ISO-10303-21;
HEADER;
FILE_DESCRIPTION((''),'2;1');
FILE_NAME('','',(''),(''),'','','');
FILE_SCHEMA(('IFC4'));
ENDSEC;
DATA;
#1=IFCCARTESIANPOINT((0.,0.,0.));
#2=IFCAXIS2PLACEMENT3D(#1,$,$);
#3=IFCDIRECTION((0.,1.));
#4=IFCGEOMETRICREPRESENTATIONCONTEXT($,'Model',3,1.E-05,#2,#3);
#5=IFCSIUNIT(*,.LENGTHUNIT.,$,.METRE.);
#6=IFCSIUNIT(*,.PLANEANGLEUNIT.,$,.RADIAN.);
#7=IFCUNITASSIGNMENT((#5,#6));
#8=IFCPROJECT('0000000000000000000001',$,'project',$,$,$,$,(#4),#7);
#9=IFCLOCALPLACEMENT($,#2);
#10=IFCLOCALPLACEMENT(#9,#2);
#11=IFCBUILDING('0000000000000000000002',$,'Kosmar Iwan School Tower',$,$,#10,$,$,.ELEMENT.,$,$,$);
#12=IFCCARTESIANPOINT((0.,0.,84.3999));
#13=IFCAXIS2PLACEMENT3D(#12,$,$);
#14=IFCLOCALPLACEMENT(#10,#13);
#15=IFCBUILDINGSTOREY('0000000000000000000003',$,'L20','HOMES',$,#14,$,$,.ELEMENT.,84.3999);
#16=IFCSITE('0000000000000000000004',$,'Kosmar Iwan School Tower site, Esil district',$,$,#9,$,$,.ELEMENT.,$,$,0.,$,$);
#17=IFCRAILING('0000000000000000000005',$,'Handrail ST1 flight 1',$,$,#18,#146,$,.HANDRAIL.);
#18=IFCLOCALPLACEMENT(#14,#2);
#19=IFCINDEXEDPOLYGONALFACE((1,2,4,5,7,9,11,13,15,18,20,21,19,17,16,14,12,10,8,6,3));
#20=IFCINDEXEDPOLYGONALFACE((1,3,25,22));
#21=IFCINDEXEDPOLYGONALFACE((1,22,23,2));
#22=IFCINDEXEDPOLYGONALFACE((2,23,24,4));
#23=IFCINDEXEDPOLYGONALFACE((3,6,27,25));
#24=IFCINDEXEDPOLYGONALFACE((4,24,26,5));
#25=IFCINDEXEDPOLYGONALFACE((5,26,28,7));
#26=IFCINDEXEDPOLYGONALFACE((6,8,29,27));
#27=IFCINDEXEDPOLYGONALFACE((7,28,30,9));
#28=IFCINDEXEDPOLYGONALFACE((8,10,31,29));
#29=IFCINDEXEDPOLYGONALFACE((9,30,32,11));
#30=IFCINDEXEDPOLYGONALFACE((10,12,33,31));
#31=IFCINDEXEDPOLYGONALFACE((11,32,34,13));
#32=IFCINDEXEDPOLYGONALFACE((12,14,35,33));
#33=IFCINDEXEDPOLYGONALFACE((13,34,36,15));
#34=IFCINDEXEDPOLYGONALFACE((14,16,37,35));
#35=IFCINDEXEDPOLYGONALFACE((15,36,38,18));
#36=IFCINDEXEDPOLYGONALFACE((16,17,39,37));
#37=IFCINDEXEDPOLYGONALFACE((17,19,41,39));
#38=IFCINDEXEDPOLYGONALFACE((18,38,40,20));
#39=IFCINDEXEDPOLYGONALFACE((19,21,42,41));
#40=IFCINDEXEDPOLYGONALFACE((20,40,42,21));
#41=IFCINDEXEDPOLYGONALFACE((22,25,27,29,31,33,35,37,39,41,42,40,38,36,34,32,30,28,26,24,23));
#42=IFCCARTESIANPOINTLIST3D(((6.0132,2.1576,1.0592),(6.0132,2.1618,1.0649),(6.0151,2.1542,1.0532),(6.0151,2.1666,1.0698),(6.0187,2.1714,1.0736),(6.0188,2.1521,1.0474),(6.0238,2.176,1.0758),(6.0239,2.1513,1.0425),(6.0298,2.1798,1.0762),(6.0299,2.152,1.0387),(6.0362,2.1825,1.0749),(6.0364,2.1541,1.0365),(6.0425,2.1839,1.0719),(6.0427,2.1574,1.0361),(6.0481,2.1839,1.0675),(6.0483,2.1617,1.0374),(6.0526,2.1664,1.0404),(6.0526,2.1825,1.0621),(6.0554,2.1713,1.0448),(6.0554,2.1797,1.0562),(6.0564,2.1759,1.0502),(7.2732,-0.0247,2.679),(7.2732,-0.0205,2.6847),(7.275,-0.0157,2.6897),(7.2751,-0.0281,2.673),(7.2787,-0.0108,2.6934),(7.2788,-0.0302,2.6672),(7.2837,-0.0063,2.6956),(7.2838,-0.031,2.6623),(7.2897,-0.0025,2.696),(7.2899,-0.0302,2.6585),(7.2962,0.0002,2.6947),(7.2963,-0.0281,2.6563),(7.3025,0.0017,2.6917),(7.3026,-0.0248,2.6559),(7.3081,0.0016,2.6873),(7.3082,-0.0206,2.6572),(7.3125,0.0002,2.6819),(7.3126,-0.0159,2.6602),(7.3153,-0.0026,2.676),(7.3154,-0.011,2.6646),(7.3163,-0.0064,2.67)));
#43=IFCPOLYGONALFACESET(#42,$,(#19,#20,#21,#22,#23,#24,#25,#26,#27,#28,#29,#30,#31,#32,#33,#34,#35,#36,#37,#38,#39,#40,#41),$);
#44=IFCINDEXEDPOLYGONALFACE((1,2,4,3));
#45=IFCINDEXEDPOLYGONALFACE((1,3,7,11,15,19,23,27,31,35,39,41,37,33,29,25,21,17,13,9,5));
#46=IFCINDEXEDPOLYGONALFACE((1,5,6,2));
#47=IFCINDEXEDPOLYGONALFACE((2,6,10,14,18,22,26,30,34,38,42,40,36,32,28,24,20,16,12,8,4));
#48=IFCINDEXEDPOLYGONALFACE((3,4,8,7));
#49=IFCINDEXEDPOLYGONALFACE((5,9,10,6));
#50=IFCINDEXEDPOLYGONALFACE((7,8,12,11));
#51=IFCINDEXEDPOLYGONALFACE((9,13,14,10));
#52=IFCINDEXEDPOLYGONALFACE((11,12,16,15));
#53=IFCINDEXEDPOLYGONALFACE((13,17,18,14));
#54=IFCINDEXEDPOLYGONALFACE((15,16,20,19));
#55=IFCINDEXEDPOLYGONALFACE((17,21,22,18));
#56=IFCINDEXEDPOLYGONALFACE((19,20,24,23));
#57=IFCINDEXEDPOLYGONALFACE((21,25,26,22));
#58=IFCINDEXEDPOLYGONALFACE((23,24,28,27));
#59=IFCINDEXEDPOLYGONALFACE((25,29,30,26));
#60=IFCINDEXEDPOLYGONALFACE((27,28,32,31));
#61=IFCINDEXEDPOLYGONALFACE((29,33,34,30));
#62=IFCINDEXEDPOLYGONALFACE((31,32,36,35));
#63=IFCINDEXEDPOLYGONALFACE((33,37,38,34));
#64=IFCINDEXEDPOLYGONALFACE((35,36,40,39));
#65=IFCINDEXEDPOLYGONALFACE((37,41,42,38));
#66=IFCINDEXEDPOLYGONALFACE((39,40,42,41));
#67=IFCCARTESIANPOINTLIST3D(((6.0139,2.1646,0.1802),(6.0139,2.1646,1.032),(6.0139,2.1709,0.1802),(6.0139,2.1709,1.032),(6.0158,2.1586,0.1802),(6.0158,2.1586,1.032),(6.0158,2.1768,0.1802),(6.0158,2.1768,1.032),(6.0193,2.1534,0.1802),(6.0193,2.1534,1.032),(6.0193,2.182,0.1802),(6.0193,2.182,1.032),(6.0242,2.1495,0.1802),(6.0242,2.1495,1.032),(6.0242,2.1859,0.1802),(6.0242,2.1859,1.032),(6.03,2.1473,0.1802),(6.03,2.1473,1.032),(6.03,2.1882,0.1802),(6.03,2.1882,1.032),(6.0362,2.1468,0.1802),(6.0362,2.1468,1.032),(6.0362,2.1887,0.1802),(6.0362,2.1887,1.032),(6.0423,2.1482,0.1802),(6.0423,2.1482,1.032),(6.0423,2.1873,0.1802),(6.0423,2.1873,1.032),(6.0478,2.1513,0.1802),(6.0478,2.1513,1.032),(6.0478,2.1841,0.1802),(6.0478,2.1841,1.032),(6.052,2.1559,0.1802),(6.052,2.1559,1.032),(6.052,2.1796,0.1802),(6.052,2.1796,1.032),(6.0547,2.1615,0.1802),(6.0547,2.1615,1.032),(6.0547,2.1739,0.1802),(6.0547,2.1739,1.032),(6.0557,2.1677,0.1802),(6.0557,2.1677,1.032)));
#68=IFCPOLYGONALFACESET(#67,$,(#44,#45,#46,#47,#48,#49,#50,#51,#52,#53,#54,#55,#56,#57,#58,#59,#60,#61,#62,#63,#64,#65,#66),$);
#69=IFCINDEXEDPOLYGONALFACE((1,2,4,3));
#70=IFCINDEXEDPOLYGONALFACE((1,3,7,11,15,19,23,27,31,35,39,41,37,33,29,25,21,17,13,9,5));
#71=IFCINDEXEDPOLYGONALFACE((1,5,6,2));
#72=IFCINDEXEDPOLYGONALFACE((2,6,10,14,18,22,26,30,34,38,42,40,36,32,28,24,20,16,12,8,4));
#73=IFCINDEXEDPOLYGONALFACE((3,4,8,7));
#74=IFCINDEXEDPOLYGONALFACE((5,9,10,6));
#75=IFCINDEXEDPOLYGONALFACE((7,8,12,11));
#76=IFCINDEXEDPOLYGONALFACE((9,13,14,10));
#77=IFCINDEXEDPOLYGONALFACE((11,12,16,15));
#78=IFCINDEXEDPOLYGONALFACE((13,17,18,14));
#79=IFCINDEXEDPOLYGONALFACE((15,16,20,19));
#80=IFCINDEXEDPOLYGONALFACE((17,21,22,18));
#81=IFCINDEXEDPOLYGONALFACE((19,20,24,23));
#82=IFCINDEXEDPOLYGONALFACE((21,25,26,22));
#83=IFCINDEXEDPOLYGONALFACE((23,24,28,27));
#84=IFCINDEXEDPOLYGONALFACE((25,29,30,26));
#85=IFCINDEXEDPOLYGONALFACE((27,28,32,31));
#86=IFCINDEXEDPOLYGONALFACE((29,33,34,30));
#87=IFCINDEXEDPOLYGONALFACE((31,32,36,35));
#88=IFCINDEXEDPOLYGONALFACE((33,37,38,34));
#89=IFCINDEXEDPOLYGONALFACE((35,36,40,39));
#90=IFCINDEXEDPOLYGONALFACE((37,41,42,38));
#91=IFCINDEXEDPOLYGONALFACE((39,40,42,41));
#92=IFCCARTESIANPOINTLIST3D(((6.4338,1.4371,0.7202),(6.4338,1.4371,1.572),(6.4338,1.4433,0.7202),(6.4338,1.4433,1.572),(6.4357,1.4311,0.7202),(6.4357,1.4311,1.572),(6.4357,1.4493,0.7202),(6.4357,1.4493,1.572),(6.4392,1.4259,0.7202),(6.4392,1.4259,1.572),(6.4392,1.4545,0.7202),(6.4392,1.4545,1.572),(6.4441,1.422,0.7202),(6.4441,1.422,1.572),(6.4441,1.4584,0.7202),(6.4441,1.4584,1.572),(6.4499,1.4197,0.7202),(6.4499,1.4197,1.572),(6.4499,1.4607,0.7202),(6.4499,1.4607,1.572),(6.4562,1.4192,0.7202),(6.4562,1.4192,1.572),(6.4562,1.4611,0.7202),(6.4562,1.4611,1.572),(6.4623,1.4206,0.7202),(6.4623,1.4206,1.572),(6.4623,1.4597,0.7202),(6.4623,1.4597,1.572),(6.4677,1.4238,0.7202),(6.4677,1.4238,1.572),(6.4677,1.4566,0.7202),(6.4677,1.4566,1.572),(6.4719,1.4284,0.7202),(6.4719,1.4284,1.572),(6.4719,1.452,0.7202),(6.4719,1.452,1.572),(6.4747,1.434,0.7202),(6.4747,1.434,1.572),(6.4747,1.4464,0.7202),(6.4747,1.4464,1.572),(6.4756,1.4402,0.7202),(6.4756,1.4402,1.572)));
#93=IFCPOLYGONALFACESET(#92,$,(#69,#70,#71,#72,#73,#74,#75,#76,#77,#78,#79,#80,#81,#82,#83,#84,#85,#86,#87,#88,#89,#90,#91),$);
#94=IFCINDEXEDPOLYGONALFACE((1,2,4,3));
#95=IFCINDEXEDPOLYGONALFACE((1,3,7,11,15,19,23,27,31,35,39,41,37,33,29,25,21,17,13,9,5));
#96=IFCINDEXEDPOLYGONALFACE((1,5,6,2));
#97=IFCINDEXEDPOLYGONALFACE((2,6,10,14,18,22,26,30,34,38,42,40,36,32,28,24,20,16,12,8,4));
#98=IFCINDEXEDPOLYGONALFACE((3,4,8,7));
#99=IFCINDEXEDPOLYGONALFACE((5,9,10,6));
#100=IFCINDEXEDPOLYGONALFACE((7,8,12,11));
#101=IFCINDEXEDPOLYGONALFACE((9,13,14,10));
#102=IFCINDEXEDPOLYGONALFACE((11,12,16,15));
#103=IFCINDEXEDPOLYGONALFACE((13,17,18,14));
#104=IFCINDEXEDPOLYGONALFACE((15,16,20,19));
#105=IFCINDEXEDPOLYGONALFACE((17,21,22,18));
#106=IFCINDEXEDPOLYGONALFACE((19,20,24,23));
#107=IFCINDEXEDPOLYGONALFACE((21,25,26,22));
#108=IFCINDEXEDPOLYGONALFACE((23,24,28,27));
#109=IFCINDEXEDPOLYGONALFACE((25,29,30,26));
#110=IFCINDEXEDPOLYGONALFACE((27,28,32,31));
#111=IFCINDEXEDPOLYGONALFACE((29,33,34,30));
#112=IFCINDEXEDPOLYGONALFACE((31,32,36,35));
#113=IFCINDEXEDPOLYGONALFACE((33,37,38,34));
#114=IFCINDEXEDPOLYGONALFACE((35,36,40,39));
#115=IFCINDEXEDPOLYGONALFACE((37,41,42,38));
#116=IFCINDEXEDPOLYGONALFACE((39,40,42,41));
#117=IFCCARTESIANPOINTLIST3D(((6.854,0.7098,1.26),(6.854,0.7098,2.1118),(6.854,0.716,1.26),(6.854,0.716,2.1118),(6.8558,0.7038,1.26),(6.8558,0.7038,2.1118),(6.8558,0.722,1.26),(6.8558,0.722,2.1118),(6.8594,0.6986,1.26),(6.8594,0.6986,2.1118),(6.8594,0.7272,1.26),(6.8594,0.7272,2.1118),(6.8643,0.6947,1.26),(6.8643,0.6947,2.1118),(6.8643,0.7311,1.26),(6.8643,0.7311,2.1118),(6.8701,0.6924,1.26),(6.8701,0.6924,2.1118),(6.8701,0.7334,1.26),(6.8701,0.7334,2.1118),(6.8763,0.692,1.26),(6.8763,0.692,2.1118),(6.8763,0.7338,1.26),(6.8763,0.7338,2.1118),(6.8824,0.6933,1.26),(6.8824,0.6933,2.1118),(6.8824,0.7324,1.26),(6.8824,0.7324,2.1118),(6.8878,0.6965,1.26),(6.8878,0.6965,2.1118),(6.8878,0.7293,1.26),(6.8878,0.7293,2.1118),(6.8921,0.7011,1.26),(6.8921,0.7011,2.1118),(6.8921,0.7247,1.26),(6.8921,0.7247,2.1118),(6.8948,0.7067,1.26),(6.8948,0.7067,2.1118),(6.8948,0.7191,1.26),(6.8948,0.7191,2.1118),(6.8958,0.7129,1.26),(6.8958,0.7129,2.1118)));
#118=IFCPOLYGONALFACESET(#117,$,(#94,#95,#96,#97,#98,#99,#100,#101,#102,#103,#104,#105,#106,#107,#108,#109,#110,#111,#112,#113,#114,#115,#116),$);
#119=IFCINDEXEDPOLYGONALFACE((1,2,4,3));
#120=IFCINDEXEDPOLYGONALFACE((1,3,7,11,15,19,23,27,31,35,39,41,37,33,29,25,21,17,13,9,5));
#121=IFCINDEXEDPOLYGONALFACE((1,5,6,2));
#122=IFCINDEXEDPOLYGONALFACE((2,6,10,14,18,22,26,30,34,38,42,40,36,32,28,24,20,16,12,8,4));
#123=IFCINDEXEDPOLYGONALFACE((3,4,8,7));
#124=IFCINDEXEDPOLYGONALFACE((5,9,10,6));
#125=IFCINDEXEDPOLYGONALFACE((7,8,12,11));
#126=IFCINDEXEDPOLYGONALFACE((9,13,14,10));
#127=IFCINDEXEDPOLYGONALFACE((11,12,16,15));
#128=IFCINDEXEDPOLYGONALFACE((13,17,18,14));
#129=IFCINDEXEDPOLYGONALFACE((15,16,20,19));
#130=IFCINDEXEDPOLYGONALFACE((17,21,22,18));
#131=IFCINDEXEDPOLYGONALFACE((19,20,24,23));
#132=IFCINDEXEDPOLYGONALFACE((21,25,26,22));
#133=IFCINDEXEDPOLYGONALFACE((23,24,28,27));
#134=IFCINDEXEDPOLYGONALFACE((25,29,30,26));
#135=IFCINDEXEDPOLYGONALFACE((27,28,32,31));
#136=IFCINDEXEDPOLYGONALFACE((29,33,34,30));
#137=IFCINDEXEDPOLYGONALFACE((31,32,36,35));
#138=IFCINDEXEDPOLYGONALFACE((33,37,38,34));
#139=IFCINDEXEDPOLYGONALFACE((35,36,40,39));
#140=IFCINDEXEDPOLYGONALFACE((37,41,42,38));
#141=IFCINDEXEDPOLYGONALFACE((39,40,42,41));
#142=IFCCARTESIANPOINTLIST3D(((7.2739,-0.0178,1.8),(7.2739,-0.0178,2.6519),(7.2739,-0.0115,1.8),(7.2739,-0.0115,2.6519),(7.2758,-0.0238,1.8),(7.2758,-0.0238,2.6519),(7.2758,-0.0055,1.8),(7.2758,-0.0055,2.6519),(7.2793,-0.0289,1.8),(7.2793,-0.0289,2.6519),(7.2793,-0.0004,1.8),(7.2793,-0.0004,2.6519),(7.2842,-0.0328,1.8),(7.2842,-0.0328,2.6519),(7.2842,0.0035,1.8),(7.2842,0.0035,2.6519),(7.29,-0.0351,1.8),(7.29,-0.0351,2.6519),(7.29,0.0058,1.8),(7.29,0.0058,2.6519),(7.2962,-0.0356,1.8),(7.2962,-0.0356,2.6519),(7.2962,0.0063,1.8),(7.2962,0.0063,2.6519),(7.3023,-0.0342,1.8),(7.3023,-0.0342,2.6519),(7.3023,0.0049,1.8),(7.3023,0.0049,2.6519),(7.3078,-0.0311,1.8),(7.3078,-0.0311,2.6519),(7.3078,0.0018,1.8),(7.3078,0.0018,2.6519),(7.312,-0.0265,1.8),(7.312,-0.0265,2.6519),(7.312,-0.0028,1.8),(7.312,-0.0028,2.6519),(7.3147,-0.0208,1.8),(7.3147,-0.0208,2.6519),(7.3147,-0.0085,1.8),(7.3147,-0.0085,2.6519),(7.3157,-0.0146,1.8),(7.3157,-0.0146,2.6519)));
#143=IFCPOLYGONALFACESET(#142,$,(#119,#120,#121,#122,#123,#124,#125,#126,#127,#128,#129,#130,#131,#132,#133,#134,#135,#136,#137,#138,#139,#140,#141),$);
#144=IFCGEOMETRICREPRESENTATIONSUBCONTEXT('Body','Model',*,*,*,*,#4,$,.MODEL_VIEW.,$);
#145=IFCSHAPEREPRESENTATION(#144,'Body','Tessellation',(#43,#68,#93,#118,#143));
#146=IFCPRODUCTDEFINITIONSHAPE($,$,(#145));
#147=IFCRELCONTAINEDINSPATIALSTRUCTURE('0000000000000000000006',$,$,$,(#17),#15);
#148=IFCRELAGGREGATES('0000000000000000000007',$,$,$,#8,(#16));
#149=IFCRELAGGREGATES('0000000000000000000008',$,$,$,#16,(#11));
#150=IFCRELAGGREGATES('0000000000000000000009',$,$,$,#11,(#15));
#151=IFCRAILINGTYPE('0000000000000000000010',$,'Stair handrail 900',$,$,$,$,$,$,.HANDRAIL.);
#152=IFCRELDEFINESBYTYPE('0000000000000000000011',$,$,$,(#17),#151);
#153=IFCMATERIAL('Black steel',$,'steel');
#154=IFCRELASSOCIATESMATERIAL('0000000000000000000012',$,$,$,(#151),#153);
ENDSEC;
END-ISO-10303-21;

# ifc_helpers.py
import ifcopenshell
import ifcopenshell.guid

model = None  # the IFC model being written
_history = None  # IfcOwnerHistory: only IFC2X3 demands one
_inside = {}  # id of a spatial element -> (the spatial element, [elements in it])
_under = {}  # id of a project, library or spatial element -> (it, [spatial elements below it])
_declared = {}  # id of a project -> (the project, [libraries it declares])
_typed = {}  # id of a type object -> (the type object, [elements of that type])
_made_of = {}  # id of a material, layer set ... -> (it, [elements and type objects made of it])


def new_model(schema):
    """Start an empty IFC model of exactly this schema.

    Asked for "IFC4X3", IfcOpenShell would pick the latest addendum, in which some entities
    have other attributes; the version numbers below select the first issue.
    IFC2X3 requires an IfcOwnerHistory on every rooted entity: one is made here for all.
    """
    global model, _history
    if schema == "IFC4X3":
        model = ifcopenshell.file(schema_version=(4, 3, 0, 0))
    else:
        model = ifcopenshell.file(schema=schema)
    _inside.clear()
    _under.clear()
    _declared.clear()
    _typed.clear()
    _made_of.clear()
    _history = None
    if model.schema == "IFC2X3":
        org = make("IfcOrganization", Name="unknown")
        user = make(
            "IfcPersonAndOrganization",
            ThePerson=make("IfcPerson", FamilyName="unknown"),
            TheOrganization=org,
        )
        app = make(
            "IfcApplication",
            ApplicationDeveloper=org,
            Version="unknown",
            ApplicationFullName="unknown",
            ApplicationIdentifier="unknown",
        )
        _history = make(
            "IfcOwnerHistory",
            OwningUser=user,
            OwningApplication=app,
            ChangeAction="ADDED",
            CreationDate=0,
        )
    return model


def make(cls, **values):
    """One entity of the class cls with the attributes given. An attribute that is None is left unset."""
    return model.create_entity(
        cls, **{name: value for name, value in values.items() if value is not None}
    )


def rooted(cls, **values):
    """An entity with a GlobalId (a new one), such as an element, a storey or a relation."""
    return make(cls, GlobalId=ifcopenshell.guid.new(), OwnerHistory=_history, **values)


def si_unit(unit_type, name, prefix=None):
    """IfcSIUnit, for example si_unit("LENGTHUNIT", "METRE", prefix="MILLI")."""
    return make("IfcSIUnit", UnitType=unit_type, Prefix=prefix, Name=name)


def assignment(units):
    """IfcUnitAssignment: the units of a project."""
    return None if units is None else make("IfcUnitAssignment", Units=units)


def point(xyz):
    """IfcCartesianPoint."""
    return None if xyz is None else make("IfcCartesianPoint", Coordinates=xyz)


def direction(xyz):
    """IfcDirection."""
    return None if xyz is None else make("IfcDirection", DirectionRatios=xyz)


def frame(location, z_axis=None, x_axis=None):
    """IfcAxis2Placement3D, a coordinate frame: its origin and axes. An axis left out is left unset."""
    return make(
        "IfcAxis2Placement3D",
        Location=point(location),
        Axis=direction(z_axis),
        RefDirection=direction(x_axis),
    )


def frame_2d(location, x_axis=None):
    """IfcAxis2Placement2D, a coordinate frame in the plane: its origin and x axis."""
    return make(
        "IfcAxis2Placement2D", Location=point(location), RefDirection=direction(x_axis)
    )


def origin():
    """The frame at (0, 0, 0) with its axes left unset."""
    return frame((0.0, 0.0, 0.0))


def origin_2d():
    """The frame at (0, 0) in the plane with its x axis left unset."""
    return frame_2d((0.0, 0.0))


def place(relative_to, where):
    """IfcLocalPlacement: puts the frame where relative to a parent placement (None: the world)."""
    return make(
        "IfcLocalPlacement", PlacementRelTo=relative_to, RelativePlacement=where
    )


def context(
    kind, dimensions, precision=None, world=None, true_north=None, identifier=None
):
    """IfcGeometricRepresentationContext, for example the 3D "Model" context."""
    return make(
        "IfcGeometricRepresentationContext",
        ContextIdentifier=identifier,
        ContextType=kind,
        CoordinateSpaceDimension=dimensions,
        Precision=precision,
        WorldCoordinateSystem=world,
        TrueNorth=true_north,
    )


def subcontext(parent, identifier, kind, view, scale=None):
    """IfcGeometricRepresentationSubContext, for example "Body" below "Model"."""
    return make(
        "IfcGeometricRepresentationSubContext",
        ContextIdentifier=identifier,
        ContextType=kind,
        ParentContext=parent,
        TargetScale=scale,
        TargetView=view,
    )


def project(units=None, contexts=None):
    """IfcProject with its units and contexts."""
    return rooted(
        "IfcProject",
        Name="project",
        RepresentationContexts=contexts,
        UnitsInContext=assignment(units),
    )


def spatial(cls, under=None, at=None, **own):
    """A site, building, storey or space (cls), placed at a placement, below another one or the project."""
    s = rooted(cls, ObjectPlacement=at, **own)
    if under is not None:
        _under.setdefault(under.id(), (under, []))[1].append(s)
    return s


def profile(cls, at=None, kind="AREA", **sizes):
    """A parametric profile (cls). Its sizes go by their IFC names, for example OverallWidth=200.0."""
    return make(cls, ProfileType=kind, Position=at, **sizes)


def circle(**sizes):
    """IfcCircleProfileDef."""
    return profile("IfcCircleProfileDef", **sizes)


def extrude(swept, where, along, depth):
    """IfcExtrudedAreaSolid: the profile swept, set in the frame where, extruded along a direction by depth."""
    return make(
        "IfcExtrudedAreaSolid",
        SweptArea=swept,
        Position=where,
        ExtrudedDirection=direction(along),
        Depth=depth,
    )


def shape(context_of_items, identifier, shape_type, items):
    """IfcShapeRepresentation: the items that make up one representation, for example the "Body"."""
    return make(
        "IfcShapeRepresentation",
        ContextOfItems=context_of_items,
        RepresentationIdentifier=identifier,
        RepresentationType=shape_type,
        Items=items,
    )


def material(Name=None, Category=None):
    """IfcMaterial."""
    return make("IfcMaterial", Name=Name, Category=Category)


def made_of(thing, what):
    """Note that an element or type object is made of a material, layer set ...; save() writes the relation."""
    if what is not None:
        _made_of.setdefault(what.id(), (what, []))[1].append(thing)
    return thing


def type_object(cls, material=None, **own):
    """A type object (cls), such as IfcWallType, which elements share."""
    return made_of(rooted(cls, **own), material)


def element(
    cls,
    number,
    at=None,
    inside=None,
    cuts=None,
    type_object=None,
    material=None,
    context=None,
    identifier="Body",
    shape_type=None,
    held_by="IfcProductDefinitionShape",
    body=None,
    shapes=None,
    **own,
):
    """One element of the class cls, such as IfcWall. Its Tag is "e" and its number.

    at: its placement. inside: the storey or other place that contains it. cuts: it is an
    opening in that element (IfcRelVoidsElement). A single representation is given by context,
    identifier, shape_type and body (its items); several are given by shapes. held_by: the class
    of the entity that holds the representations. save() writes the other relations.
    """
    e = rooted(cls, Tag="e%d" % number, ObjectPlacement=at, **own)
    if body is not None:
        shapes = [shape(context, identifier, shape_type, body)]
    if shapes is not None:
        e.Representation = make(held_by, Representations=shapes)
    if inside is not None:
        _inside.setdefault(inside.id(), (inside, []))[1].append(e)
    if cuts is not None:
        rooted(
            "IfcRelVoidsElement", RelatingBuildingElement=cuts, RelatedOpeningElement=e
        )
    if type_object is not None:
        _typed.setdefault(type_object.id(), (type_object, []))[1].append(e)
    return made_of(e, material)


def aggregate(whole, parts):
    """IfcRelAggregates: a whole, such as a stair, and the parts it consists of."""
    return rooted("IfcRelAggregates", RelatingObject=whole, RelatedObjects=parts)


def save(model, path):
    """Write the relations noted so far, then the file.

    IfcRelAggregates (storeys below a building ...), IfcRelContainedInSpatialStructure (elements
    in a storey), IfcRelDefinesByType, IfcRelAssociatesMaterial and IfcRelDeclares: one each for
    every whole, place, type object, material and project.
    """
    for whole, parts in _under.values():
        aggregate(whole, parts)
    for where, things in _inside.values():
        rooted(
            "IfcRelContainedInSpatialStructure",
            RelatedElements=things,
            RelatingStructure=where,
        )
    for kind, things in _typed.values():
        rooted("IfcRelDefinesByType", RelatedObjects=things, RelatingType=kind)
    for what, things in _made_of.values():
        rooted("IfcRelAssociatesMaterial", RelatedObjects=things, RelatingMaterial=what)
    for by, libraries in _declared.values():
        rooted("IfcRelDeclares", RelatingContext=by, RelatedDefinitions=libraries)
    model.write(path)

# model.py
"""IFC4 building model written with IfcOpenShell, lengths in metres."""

from ifc_helpers import new_model, si_unit, direction, frame, origin, origin_2d, place, context, subcontext, project, spatial, circle, extrude, material, type_object, element, save


model = new_model("IFC4")

# Units and contexts
model_context = context("Model", 3, precision=1e-05, world=origin(), true_north=direction((0.0, 1.0)))
body_context = subcontext(model_context, "Body", "Model", "MODEL_VIEW")
ifc_project = project(units=[si_unit("LENGTHUNIT", "METRE"), si_unit("PLANEANGLEUNIT", "RADIAN")], contexts=[model_context])

# Site, building, storey
site_placement = place(None, origin())
site = spatial("IfcSite", under=ifc_project, at=site_placement, Name="Kosmar Iwan School Tower site, Esil district", CompositionType="ELEMENT", RefElevation=0.0)
building_placement = place(site_placement, origin())
building = spatial("IfcBuilding", under=site, at=building_placement, Name="Kosmar Iwan School Tower", CompositionType="ELEMENT")
storey_placement = place(building_placement, frame((0.0, 0.0, 84.3999)))
storey = spatial("IfcBuildingStorey", under=building, at=storey_placement, Name="L20", Description="HOMES", CompositionType="ELEMENT", Elevation=84.3999)

# Railing
ifc_material_1 = material(Name="Black steel", Category="steel")
railing_type = type_object("IfcRailingType", Name="Stair handrail 900", PredefinedType="HANDRAIL", material=ifc_material_1)
railing_placement = place(storey_placement, frame((6.0347, 2.1677, 0.1802)))
element("IfcRailing", 1, at=railing_placement, inside=storey, type_object=railing_type, Name="Handrail ST1 flight 1", PredefinedType="HANDRAIL", context=body_context, shape_type="SweptSolid", body=[
    extrude(circle(Radius=0.0239, at=origin_2d()), frame((0.0, 0.0, 0.876), z_axis=(0.420603, -0.728496, 0.540728), x_axis=(0.866023, 0.500005, 0.0)), (0.0, 0.0, 1.0), 2.9956),
    extrude(circle(Radius=0.021, at=origin_2d()), origin(), (0.0, 0.0, 1.0), 0.8518),
    extrude(circle(Radius=0.021, at=origin_2d()), frame((0.4199, -0.7275, 0.54)), (0.0, 0.0, 1.0), 0.8518),
    extrude(circle(Radius=0.021, at=origin_2d()), frame((0.8401, -1.4548, 1.0798)), (0.0, 0.0, 1.0), 0.8518),
    extrude(circle(Radius=0.021, at=origin_2d()), frame((1.26, -2.1824, 1.6199)), (0.0, 0.0, 1.0), 0.8518),
])

save(model, "model.ifc")
